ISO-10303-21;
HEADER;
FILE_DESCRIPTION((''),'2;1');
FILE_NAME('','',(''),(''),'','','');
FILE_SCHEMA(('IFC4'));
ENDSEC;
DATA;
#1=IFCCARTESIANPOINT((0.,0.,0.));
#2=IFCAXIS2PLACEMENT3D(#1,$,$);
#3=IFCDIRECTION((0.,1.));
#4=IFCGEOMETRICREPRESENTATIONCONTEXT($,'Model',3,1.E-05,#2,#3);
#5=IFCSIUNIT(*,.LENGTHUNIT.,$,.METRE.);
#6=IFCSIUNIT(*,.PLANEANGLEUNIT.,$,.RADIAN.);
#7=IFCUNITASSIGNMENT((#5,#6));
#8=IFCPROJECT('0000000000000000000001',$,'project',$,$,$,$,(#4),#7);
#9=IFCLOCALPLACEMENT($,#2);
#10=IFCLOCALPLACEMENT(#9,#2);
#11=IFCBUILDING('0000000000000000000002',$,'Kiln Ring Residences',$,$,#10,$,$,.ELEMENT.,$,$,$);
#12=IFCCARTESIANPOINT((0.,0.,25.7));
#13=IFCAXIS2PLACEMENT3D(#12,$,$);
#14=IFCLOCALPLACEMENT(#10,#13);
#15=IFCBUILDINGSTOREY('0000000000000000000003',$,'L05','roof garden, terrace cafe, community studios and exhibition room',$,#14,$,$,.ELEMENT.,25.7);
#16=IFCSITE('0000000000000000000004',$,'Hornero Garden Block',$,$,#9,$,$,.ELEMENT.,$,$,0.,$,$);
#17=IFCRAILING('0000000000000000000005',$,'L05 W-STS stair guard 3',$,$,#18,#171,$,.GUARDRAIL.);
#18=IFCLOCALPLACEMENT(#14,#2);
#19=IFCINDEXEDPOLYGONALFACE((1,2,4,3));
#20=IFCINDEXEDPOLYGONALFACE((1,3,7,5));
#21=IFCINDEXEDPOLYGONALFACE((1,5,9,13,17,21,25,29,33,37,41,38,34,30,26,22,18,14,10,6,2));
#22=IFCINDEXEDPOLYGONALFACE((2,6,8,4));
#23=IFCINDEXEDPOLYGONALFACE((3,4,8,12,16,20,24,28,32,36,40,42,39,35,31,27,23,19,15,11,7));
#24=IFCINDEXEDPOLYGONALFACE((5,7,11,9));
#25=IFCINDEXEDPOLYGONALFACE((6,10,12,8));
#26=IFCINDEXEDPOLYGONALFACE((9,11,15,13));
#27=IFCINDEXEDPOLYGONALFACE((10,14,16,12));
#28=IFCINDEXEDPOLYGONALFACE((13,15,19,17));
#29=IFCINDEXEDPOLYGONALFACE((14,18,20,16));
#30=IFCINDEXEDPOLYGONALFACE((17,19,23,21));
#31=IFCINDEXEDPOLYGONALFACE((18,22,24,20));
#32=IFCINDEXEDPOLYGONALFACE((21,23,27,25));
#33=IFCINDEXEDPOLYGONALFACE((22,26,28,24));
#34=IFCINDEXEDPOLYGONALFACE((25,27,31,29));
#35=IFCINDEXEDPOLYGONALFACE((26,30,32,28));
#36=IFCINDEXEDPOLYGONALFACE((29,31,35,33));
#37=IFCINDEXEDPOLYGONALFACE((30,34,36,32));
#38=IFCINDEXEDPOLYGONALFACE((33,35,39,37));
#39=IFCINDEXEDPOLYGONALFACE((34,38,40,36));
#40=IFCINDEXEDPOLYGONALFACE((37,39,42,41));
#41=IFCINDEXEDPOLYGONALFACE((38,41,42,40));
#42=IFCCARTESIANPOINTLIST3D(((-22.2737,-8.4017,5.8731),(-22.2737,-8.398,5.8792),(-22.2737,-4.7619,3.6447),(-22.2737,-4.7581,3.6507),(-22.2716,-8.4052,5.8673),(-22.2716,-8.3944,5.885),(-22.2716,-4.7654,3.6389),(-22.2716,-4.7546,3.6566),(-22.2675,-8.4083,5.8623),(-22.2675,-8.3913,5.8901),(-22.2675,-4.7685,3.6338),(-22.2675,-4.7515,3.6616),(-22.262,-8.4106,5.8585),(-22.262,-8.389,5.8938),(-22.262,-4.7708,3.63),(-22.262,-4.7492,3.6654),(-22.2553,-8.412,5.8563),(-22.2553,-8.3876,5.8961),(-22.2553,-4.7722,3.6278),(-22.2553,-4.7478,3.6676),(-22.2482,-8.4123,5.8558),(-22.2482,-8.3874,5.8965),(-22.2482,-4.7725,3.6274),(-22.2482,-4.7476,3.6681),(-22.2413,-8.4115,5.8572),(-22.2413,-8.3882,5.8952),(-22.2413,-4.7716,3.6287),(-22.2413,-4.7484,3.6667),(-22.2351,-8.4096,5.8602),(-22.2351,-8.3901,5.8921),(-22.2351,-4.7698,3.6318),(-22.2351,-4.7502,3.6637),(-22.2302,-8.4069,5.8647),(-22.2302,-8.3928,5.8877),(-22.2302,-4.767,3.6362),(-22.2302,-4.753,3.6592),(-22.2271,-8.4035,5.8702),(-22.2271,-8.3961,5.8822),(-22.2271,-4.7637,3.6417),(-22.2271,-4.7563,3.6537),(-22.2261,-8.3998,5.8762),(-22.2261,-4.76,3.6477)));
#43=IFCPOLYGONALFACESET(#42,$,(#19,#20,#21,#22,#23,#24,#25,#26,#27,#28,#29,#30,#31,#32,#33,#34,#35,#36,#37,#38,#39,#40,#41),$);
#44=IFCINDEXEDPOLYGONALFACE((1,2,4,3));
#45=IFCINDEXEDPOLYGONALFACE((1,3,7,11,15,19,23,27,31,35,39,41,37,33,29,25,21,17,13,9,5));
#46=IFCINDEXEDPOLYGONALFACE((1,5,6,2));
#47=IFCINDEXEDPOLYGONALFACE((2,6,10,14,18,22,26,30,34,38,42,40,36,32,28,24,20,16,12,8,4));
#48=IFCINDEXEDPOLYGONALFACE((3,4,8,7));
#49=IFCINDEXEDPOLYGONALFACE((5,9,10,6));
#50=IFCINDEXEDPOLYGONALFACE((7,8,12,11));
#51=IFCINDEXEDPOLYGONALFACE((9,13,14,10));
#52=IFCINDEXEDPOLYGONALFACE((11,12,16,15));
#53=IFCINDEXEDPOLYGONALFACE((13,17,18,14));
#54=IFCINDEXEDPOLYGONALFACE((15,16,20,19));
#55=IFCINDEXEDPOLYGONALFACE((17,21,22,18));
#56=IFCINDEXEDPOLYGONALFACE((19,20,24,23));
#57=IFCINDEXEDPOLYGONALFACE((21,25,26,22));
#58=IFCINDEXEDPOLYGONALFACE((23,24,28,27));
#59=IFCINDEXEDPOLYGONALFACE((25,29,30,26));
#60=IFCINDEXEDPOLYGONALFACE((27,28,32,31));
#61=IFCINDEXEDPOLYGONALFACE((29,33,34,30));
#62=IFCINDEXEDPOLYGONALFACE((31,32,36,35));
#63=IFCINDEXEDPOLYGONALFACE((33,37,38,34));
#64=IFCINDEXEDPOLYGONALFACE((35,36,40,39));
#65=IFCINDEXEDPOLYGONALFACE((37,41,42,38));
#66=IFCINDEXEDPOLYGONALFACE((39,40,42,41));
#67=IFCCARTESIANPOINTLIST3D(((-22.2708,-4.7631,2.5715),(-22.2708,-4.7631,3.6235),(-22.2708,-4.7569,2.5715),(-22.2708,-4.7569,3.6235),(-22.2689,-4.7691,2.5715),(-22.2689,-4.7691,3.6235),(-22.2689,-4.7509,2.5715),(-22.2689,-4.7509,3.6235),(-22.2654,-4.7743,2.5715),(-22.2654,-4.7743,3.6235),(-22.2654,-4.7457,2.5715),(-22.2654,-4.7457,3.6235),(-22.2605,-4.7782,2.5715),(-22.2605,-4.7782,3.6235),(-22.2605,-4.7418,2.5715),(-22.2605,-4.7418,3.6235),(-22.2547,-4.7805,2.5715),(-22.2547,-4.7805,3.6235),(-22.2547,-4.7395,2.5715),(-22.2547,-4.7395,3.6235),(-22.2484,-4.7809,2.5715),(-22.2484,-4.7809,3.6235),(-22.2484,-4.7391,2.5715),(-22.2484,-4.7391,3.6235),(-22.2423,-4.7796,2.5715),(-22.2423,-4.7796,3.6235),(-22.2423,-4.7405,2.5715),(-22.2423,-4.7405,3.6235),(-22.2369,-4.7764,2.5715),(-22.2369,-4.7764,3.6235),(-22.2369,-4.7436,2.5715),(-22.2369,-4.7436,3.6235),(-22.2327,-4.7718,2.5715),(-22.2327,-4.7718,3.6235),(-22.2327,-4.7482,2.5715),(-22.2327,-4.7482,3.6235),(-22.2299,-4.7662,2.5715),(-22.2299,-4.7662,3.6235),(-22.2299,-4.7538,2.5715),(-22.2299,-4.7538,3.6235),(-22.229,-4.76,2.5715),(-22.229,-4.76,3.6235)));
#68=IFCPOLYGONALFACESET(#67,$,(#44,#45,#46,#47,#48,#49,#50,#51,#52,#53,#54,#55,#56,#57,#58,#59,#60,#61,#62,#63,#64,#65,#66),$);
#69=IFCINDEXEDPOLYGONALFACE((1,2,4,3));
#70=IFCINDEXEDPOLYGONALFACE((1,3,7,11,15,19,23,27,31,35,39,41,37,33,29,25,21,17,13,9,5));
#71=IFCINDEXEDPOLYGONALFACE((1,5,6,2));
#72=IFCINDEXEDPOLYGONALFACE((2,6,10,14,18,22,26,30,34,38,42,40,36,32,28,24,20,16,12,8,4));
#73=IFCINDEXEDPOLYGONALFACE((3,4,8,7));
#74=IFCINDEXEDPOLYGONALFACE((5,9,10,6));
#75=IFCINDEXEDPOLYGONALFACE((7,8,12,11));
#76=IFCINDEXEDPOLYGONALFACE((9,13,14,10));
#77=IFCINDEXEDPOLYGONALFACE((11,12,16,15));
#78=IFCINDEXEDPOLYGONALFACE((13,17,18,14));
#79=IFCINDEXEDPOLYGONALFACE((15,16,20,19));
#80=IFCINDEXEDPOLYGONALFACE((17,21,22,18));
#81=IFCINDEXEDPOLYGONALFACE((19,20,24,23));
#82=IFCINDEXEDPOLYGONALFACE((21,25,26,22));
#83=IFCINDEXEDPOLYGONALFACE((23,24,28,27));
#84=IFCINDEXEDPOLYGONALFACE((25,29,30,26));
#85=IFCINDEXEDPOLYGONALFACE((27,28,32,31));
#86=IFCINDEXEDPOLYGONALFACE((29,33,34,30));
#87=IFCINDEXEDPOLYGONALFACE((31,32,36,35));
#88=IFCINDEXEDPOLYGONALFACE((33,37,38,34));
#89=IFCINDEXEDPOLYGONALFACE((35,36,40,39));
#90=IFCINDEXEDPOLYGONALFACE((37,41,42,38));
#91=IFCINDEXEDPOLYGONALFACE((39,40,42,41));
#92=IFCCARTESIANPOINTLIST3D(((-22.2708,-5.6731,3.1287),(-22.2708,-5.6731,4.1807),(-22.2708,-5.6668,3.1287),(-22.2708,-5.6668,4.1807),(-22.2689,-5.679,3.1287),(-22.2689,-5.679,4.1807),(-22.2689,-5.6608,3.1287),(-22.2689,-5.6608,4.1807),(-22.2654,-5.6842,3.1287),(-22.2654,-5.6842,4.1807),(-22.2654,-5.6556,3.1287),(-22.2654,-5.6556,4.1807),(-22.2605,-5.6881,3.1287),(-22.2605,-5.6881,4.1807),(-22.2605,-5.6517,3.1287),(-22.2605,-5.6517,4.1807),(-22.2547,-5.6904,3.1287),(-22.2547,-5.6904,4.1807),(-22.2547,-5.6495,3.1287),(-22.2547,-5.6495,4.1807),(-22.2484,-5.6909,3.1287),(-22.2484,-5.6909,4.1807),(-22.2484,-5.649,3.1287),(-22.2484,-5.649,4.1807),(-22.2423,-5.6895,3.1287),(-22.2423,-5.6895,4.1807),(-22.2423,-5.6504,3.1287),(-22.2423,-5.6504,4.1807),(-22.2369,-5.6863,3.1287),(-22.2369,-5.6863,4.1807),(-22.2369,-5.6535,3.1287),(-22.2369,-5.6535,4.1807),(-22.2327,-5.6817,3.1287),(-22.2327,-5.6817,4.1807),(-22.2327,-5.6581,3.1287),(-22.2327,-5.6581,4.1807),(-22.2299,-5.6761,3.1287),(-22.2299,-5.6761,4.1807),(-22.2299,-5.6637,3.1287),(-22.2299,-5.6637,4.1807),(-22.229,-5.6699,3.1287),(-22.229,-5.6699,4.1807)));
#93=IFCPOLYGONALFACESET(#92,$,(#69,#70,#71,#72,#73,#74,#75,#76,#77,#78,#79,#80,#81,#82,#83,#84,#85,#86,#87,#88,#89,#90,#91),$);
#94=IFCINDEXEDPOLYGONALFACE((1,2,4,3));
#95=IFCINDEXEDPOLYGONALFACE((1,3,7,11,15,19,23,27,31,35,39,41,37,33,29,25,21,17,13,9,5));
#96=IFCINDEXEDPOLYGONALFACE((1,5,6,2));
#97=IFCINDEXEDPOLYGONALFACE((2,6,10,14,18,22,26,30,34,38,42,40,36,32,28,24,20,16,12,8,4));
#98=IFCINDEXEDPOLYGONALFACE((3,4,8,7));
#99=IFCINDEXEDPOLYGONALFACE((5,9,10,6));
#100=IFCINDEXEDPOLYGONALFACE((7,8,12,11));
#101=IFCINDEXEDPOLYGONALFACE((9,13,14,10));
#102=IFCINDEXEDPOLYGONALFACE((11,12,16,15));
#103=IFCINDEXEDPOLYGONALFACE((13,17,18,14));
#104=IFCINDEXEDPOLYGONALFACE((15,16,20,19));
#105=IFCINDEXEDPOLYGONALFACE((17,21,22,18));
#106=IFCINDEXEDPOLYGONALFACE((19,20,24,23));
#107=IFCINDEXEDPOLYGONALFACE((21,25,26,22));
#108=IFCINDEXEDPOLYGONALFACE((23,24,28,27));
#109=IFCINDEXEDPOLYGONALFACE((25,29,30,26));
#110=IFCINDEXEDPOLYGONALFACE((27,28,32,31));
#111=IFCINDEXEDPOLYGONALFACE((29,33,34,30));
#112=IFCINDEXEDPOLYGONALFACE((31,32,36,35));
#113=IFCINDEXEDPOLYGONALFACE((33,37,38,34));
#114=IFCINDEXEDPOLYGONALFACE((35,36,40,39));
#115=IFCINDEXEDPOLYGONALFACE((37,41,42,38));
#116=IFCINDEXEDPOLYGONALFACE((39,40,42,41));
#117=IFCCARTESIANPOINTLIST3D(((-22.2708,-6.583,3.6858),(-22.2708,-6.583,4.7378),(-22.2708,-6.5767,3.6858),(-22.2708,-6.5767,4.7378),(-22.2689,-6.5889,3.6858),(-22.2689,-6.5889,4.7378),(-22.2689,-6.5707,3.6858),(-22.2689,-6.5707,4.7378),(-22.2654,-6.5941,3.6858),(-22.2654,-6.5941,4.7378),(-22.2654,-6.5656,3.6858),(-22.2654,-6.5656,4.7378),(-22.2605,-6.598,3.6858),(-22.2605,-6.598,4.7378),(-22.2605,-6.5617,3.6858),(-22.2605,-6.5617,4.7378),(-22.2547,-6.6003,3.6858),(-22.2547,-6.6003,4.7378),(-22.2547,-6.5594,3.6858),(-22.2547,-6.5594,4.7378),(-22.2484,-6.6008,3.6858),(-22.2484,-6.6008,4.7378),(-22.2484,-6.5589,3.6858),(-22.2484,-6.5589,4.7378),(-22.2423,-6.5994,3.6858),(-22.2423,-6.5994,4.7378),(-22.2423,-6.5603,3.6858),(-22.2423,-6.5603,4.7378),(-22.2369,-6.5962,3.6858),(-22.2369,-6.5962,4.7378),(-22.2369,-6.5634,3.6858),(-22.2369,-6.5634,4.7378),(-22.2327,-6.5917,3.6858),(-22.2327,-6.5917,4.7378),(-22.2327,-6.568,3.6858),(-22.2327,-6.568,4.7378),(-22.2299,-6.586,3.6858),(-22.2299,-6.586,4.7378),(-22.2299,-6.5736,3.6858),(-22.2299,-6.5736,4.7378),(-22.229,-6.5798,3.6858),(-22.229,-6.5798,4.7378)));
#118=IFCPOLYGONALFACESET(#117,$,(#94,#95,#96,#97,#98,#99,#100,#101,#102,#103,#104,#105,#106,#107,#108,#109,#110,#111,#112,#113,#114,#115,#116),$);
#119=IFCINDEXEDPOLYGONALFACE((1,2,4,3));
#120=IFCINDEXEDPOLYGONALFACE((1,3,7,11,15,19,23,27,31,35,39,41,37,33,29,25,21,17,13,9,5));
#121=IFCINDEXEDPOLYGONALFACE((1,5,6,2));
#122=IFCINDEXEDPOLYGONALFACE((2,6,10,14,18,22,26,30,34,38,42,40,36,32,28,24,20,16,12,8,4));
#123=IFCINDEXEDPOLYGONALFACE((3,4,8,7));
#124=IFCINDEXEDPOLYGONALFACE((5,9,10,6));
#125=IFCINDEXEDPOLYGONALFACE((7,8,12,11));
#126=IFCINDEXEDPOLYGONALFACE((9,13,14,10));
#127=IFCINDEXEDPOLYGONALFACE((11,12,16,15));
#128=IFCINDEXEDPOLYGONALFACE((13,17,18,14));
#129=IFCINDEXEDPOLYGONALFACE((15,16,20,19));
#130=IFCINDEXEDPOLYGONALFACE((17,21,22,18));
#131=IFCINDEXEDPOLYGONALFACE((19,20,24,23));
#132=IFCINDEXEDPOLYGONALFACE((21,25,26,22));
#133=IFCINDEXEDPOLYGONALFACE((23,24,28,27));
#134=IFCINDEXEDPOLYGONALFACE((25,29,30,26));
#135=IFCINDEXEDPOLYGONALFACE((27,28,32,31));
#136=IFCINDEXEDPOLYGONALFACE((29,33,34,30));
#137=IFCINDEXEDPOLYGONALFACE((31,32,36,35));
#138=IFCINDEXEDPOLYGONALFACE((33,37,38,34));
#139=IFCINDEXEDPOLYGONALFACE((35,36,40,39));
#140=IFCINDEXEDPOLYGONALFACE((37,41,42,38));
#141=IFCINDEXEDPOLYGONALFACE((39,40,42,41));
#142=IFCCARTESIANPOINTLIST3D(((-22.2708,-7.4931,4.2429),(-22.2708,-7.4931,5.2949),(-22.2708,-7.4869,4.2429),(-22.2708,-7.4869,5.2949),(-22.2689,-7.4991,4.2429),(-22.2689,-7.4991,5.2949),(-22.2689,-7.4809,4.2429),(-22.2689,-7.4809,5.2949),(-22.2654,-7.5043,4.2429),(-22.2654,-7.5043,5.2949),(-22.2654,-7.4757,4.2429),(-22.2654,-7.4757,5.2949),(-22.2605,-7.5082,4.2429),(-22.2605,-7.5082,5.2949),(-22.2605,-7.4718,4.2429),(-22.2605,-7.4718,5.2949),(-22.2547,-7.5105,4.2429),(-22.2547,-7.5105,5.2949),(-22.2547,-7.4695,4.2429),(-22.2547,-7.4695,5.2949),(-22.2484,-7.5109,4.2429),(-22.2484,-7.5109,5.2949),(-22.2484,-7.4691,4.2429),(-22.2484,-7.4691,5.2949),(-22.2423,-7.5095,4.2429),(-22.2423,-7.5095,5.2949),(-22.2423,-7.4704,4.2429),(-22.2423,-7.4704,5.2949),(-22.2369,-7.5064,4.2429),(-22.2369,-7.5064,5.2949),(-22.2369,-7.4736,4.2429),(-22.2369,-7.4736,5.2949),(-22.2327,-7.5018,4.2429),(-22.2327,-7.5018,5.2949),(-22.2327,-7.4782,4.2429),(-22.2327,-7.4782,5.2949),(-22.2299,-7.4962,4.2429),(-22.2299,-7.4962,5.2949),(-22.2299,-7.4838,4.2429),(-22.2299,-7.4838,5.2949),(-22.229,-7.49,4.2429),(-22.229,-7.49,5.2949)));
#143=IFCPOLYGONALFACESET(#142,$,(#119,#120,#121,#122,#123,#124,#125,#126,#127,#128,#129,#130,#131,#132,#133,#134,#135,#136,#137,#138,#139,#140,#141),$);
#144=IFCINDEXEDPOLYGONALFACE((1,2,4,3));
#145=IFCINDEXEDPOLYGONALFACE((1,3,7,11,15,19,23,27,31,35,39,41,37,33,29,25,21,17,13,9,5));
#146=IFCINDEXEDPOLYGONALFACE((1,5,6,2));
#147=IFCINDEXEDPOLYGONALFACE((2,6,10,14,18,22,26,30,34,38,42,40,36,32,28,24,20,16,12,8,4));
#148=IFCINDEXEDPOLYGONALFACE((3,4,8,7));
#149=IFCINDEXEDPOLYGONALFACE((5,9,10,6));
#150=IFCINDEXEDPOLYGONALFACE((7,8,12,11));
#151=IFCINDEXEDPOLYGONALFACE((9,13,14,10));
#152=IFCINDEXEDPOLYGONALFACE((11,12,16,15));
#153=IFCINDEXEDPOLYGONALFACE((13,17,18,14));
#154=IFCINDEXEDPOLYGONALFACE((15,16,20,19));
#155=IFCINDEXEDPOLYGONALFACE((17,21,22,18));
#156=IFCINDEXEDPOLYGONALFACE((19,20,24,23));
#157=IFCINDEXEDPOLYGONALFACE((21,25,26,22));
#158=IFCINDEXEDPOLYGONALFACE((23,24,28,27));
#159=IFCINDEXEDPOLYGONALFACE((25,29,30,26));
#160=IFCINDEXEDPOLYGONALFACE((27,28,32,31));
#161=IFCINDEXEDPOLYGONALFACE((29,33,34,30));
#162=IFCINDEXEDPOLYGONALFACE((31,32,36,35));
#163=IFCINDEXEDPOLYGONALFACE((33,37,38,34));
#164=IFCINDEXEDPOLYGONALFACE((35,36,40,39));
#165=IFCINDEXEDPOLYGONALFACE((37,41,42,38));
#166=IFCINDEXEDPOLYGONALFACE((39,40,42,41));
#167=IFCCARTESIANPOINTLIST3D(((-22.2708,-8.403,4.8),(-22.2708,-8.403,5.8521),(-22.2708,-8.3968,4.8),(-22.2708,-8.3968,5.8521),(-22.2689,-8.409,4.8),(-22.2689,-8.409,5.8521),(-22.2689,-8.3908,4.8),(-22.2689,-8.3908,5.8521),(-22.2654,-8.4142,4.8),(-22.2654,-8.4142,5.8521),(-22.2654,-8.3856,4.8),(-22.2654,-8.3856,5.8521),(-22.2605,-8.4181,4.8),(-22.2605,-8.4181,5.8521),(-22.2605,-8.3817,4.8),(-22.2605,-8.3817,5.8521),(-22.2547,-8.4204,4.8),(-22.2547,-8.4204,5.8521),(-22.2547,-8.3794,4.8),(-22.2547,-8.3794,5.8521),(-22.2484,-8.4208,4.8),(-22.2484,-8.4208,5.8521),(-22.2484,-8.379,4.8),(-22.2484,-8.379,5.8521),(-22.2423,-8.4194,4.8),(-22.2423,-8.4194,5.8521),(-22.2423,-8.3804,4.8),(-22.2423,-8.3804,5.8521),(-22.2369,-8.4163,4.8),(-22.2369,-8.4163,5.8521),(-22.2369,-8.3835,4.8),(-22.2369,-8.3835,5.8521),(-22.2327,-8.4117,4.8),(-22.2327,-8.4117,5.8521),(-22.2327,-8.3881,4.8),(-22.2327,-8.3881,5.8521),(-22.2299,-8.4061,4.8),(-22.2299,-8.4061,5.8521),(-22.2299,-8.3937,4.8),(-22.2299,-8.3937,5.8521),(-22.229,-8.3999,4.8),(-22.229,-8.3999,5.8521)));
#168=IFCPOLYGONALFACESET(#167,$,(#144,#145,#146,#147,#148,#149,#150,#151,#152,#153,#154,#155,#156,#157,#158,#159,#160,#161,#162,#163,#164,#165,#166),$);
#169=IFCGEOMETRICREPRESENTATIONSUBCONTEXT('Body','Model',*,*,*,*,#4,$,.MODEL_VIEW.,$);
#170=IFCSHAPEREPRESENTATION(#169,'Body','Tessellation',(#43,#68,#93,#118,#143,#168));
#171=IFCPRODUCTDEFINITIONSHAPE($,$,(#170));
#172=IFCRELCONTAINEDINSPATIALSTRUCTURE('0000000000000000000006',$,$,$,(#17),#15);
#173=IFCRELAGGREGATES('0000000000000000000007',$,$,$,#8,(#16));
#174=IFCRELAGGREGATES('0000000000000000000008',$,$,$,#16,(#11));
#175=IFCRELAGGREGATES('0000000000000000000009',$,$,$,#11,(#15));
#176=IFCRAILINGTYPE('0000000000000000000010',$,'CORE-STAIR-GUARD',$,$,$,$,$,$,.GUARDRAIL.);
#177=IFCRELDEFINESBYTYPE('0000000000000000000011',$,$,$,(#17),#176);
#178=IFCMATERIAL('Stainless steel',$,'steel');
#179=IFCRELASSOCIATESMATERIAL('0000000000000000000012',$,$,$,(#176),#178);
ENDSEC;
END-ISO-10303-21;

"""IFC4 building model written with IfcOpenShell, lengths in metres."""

from ifc_helpers import new_model, si_unit, direction, frame, origin, origin_2d, place, context, subcontext, project, spatial, circle, extrude, material, type_object, element, save


model = new_model("IFC4")

# Units and contexts
model_context = context("Model", 3, precision=1e-05, world=origin(), true_north=direction((0.0, 1.0)))
body_context = subcontext(model_context, "Body", "Model", "MODEL_VIEW")
ifc_project = project(units=[si_unit("LENGTHUNIT", "METRE"), si_unit("PLANEANGLEUNIT", "RADIAN")], contexts=[model_context])

# Site, building, storey
site_placement = place(None, origin())
site = spatial("IfcSite", under=ifc_project, at=site_placement, Name="Hornero Garden Block", CompositionType="ELEMENT", RefElevation=0.0)
building_placement = place(site_placement, origin())
building = spatial("IfcBuilding", under=site, at=building_placement, Name="Kiln Ring Residences", CompositionType="ELEMENT")
storey_placement = place(building_placement, frame((0.0, 0.0, 25.7)))
storey = spatial("IfcBuildingStorey", under=building, at=storey_placement, Name="L05", Description="roof garden, terrace cafe, community studios and exhibition room", CompositionType="ELEMENT", Elevation=25.7)

# Railing
ifc_material_1 = material(Name="Stainless steel", Category="steel")
railing_type_1 = type_object("IfcRailingType", Name="CORE-STAIR-GUARD", PredefinedType="GUARDRAIL", material=ifc_material_1)
railing_1_placement = place(storey_placement, frame((-22.25, -4.76, 2.5715)))
element("IfcRailing", 1, at=railing_1_placement, inside=storey, type_object=railing_type_1, Name="L05 W-STS stair guard 3", PredefinedType="GUARDRAIL", context=body_context, shape_type="SweptSolid", body=[
    extrude(circle(Radius=0.0239, at=origin_2d()), frame((0.0, 0.0, 1.0762), z_axis=(0.0, -0.85285, 0.522156), x_axis=(1.0, 0.0, 0.0)), (0.0, 0.0, 1.0), 4.2678),
    extrude(circle(Radius=0.021, at=origin_2d()), origin(), (0.0, 0.0, 1.0), 1.052),
    extrude(circle(Radius=0.021, at=origin_2d()), frame((0.0, -0.9099, 0.5571)), (0.0, 0.0, 1.0), 1.052),
    extrude(circle(Radius=0.021, at=origin_2d()), frame((0.0, -1.8198, 1.1143)), (0.0, 0.0, 1.0), 1.052),
    extrude(circle(Radius=0.021, at=origin_2d()), frame((0.0, -2.73, 1.6714)), (0.0, 0.0, 1.0), 1.052),
    extrude(circle(Radius=0.021, at=origin_2d()), frame((0.0, -3.6399, 2.2285)), (0.0, 0.0, 1.0), 1.052),
])

save(model, "model.ifc")
